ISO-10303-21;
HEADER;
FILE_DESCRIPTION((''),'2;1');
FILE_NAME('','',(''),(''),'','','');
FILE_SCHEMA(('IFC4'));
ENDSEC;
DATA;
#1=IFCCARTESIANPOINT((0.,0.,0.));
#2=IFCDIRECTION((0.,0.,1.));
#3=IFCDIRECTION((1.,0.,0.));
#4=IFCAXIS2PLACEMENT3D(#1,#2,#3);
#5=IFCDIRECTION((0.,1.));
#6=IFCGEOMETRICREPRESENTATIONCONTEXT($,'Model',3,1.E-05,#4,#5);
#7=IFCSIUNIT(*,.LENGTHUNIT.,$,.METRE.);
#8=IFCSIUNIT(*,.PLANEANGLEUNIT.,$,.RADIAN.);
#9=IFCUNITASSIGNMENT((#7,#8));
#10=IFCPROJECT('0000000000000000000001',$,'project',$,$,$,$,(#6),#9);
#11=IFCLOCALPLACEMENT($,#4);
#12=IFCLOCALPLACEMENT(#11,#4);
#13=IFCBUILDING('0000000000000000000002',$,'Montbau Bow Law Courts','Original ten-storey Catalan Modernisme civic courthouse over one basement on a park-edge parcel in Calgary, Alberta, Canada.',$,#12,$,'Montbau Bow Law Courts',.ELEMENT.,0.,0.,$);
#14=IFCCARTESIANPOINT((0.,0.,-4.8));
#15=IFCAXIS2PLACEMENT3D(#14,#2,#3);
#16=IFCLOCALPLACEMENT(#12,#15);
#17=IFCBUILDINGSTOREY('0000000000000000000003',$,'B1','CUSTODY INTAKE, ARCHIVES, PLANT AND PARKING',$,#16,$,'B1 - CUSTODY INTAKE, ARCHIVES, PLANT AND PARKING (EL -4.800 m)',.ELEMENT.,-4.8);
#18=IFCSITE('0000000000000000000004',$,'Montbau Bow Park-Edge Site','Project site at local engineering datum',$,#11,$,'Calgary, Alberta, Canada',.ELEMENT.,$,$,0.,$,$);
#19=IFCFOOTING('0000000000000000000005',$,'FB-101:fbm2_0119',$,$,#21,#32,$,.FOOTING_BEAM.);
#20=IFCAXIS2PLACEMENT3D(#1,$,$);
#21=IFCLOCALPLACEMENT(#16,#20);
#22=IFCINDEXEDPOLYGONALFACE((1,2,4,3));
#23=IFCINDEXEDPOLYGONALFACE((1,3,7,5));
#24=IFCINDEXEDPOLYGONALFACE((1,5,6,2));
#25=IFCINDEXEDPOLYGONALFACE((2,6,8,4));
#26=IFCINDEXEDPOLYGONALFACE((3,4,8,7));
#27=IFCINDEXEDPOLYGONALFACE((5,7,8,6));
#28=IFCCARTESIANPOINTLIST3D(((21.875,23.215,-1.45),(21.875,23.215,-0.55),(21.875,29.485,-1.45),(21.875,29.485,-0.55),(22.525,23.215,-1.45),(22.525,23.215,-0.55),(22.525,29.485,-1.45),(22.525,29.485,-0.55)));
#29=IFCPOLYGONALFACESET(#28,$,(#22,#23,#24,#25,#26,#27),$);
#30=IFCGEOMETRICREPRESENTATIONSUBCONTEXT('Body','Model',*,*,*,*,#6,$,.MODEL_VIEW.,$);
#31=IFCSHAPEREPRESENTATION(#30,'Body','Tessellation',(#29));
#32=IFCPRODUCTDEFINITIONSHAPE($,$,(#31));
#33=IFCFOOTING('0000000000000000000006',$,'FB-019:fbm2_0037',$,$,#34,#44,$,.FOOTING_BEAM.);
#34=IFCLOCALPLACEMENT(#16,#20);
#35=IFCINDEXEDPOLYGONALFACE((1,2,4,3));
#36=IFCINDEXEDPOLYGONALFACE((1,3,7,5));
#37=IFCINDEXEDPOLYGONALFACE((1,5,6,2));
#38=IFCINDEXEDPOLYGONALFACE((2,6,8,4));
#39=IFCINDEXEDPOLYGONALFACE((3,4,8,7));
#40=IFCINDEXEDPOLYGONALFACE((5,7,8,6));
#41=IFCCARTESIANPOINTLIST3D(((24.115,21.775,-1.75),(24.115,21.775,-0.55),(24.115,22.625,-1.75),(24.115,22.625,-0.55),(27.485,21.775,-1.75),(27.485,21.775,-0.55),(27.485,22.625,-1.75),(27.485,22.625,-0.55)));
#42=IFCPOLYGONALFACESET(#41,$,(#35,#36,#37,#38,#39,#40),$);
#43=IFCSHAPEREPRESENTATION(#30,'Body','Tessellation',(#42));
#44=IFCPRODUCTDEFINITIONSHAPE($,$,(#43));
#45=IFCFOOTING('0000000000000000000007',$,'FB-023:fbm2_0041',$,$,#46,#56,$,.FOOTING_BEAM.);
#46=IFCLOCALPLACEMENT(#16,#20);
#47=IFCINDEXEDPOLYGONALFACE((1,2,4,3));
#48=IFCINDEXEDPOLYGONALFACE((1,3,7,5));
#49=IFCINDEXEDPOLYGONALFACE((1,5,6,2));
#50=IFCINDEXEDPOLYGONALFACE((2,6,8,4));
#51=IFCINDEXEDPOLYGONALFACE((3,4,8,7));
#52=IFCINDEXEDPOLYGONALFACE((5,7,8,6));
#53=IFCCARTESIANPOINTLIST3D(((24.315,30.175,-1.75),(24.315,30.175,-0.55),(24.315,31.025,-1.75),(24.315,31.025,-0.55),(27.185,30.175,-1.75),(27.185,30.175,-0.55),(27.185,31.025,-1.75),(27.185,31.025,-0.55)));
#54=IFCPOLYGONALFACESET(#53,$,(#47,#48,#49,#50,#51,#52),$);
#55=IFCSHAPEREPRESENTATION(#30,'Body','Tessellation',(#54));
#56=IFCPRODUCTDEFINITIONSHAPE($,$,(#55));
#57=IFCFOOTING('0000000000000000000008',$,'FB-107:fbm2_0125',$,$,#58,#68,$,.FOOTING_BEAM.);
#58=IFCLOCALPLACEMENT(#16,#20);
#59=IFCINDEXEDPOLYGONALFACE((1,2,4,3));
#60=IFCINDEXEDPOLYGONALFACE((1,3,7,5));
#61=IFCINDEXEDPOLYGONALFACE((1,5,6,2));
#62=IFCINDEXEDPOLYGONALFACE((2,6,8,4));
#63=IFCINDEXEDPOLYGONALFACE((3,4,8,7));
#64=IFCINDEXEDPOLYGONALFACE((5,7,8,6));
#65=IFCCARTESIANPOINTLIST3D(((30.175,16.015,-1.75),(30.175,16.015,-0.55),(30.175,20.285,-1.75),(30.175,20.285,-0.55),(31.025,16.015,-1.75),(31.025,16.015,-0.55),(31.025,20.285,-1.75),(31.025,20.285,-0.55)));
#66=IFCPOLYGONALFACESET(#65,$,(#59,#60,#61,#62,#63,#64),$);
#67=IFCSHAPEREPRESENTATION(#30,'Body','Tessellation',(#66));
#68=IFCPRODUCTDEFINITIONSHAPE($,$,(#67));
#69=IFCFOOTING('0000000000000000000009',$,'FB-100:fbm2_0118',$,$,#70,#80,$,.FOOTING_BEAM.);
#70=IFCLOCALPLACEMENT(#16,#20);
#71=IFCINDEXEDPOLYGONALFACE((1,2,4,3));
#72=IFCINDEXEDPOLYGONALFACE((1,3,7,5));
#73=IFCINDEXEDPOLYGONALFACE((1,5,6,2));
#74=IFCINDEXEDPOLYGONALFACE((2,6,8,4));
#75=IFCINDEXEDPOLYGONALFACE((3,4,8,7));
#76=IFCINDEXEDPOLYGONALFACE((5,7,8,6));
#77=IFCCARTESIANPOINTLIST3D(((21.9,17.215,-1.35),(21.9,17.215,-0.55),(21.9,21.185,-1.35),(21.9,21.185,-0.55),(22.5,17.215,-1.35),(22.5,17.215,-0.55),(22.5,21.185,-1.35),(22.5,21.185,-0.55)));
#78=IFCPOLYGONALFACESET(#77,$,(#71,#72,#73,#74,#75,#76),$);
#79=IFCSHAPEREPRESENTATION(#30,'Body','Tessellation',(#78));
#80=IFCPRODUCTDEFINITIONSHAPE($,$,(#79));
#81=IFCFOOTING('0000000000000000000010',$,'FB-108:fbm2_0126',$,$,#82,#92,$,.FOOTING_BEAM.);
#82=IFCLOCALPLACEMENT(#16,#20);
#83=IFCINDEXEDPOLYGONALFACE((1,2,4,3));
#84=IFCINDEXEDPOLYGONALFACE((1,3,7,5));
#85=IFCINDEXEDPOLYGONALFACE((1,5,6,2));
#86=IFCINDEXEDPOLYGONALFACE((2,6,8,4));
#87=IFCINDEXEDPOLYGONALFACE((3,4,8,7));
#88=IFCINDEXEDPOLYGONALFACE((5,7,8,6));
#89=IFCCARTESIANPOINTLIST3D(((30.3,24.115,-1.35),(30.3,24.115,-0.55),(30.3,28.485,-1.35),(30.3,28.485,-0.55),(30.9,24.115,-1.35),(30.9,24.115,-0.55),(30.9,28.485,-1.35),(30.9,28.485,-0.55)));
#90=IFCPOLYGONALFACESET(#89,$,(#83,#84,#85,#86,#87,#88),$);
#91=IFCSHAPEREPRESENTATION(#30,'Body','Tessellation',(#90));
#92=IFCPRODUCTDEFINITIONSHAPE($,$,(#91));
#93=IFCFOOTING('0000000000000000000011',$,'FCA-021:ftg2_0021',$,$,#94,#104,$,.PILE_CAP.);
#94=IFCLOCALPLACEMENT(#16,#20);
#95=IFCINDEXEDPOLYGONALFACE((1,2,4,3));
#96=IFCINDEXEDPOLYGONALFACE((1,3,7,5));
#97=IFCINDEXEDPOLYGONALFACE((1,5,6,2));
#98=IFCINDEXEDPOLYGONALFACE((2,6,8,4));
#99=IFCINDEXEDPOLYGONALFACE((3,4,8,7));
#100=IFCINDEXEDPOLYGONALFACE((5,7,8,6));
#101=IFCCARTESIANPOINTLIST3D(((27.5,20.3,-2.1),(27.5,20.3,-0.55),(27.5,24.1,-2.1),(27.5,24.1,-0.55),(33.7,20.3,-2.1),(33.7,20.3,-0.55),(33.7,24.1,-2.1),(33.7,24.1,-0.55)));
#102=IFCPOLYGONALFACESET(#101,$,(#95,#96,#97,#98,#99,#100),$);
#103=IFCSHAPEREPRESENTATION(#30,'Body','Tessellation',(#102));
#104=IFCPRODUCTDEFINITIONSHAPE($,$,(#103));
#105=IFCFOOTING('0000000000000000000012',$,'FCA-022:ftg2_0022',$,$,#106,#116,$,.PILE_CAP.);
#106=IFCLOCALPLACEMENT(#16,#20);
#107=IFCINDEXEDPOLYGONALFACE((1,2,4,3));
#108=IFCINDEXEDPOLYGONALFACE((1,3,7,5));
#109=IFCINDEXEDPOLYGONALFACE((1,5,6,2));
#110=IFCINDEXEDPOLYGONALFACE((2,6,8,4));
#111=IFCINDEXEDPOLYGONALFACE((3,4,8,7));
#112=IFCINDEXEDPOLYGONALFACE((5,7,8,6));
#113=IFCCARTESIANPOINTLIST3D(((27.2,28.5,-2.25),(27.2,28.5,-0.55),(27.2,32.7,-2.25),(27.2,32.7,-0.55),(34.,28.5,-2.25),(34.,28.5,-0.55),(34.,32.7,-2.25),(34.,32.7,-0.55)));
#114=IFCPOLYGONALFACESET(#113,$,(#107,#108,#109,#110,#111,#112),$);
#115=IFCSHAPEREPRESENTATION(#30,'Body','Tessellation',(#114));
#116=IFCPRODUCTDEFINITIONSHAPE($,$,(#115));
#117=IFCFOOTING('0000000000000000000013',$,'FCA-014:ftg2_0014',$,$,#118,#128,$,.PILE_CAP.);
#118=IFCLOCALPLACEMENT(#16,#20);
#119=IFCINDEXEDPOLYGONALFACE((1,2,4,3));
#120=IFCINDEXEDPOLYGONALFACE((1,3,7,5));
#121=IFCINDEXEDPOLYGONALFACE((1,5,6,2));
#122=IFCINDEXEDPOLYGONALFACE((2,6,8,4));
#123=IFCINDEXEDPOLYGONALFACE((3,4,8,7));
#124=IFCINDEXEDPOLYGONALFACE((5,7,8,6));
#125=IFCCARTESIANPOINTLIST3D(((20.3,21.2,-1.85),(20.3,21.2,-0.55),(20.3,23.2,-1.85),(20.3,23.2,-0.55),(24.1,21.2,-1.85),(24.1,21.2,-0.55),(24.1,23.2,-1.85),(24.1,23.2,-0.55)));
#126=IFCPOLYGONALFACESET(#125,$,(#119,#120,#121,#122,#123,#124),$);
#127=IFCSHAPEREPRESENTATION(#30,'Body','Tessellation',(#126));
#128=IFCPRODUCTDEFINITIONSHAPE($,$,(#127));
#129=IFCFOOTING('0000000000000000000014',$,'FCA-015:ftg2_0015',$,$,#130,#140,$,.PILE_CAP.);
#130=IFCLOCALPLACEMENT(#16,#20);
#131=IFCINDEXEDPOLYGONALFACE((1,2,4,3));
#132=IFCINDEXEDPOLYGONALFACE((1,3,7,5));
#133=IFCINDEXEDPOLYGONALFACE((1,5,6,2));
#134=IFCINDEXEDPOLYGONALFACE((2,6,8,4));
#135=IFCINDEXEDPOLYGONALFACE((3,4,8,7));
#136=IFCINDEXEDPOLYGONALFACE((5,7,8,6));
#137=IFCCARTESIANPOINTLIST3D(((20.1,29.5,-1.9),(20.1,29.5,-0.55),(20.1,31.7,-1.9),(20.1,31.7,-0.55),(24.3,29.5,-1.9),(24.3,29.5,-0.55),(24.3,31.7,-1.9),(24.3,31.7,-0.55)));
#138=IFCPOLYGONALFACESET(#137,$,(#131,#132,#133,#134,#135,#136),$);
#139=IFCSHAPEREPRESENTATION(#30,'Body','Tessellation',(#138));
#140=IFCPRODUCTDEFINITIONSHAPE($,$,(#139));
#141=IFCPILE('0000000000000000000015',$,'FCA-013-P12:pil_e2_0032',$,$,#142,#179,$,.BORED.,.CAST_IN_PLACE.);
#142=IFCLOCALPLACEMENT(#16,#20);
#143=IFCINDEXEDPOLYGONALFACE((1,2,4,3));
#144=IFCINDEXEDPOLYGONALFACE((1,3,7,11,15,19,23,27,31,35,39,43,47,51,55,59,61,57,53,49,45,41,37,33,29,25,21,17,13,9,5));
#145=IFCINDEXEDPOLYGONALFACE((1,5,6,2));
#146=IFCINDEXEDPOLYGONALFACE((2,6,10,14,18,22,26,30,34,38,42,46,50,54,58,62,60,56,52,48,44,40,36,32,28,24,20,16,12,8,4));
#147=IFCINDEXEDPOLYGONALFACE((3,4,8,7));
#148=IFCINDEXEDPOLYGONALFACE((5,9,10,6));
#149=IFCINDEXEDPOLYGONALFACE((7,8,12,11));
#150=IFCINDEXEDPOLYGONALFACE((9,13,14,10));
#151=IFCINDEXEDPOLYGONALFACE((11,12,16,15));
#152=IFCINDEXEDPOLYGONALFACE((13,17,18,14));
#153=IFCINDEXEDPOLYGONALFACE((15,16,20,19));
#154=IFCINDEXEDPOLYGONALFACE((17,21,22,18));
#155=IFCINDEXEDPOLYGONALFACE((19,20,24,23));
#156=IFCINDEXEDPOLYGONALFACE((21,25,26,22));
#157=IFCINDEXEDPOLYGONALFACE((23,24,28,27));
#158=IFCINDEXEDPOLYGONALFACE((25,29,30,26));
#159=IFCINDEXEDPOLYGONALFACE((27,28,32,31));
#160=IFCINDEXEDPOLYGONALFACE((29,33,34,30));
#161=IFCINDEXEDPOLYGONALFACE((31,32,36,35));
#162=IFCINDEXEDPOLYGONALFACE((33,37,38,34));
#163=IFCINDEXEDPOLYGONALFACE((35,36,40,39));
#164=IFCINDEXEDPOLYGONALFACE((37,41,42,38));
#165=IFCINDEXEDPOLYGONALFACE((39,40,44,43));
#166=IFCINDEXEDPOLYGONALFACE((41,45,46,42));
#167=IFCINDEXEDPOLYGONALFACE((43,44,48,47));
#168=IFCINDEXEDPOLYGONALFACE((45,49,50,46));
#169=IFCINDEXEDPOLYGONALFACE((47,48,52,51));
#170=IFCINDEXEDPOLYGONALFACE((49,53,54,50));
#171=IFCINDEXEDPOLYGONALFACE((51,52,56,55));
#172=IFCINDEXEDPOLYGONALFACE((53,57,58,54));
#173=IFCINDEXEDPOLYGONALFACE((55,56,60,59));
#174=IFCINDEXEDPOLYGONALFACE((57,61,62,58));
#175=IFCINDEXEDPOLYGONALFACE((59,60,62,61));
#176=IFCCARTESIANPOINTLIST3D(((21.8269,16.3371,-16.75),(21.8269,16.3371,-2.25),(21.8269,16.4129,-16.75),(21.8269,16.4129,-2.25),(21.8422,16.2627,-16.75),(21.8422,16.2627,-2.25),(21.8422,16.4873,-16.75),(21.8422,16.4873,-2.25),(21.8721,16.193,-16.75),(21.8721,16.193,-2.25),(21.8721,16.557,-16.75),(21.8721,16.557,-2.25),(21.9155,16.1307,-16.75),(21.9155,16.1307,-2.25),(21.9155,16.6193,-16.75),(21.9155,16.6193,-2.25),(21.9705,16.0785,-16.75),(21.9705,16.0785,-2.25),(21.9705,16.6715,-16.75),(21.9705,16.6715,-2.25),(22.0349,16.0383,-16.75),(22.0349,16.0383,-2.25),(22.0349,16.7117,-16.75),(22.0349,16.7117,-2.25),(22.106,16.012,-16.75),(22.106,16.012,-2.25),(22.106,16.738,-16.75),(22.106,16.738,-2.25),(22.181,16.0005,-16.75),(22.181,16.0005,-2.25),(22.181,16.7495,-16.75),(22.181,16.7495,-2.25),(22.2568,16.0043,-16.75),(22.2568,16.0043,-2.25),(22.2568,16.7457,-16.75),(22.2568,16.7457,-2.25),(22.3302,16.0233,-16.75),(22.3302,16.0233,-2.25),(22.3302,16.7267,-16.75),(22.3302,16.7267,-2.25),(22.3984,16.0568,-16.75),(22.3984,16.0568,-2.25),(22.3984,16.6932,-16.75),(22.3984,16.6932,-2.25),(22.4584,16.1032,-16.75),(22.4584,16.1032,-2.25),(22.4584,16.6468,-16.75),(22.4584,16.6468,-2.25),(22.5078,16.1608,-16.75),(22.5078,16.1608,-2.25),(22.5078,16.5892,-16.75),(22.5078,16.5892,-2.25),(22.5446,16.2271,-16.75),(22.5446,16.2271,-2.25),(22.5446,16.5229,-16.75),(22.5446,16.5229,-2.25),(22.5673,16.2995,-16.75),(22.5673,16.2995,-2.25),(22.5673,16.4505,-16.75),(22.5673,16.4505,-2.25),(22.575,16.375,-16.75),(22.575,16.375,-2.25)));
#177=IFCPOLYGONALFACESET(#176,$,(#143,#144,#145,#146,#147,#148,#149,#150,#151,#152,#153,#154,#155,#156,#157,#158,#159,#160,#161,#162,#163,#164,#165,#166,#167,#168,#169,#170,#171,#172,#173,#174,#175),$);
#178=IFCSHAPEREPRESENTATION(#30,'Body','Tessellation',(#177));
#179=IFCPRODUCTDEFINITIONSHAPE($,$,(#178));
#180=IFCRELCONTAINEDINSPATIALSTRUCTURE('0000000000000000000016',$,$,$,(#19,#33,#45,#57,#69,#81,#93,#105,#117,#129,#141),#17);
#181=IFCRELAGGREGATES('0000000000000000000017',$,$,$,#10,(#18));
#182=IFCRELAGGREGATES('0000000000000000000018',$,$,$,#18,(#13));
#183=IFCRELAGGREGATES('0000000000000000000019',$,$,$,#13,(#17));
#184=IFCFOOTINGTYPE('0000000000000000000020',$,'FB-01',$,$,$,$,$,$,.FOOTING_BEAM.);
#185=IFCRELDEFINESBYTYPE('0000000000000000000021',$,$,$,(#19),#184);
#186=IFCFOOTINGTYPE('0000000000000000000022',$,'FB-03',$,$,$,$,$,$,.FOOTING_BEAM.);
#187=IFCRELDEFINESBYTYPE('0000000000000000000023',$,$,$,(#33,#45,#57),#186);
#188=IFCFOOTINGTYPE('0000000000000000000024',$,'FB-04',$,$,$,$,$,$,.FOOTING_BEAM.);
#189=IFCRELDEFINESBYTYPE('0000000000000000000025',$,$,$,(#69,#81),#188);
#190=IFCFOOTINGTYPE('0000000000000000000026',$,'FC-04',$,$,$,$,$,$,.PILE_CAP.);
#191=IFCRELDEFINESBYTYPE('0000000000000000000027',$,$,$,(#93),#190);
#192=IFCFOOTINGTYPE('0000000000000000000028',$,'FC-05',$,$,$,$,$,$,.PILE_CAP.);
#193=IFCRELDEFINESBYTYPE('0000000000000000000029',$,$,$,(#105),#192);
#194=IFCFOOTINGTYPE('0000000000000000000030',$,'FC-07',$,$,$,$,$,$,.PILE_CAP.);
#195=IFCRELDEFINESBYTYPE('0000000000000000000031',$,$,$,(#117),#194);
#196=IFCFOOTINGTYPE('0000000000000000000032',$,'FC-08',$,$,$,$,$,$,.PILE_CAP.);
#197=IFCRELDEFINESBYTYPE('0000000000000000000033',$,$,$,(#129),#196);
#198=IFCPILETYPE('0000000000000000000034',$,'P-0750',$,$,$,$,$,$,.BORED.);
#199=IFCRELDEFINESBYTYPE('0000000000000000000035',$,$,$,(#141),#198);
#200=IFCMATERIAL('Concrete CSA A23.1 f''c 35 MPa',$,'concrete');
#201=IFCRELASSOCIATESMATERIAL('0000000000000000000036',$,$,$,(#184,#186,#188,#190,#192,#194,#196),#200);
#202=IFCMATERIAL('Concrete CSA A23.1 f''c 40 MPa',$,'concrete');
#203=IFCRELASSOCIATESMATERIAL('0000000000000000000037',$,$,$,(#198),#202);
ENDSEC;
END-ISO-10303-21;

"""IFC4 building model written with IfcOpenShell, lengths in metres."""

from ifc_helpers import new_model, si_unit, direction, frame, origin_with_axes, origin_2d_with_axis, place, context, subcontext, project, spatial, rectangle, circle, extrude, material, material_profile, profile_set, type_object, element, save


model = new_model("IFC4")

# Units and contexts
model_context = context("Model", 3, precision=1e-05, world=origin_with_axes(), true_north=direction((0.0, 1.0)))
body_context = subcontext(model_context, "Body", "Model", "MODEL_VIEW")
ifc_project = project(units=[si_unit("LENGTHUNIT", "METRE"), si_unit("PLANEANGLEUNIT", "RADIAN")], contexts=[model_context])

# Site, building, storey
site_placement = place(None, origin_with_axes())
site = spatial("IfcSite", under=ifc_project, at=site_placement, Name="Montbau Bow Park-Edge Site", Description="Project site at local engineering datum", LongName="Calgary, Alberta, Canada", CompositionType="ELEMENT", RefElevation=0.0)
building_placement = place(site_placement, origin_with_axes())
building = spatial("IfcBuilding", under=site, at=building_placement, Name="Montbau Bow Law Courts", Description="Original ten-storey Catalan Modernisme civic courthouse over one basement on a park-edge parcel in Calgary, Alberta, Canada.", LongName="Montbau Bow Law Courts", CompositionType="ELEMENT", ElevationOfRefHeight=0.0, ElevationOfTerrain=0.0)
storey_placement = place(building_placement, frame((0.0, 0.0, -4.8), z_axis=(0.0, 0.0, 1.0), x_axis=(1.0, 0.0, 0.0)))
storey = spatial("IfcBuildingStorey", under=building, at=storey_placement, Name="B1", Description="CUSTODY INTAKE, ARCHIVES, PLANT AND PARKING", LongName="B1 - CUSTODY INTAKE, ARCHIVES, PLANT AND PARKING (EL -4.800 m)", CompositionType="ELEMENT", Elevation=-4.8)

# Footings
ifc_material_1 = material(Name="Concrete CSA A23.1 f'c 35 MPa", Category="concrete")
footing_type_1 = type_object("IfcFootingType", Name="FB-01", PredefinedType="FOOTING_BEAM", material=ifc_material_1)
footing_1_placement = place(None, frame((22.2, 26.35, -6.25), z_axis=(0.0, 0.0, 1.0), x_axis=(0.0, 1.0, 0.0)))
element("IfcFooting", 1, at=footing_1_placement, inside=storey, type_object=footing_type_1, Name="FB-101:fbm2_0119", PredefinedType="FOOTING_BEAM", context=body_context, shape_type="SweptSolid", body=[
    extrude(rectangle(XDim=6.27, YDim=0.65, at=origin_2d_with_axis()), origin_with_axes(), (0.0, 0.0, 1.0), 0.9),
])
footing_type_2 = type_object("IfcFootingType", Name="FB-03", PredefinedType="FOOTING_BEAM", material=ifc_material_1)
footing_2_placement = place(None, frame((25.8, 22.2, -6.55), z_axis=(0.0, 0.0, 1.0), x_axis=(1.0, 0.0, 0.0)))
element("IfcFooting", 2, at=footing_2_placement, inside=storey, type_object=footing_type_2, Name="FB-019:fbm2_0037", PredefinedType="FOOTING_BEAM", context=body_context, shape_type="SweptSolid", body=[
    extrude(rectangle(XDim=3.37, YDim=0.85, at=origin_2d_with_axis()), origin_with_axes(), (0.0, 0.0, 1.0), 1.2),
])
footing_3_placement = place(None, frame((25.75, 30.6, -6.55), z_axis=(0.0, 0.0, 1.0), x_axis=(1.0, 0.0, 0.0)))
element("IfcFooting", 3, at=footing_3_placement, inside=storey, type_object=footing_type_2, Name="FB-023:fbm2_0041", PredefinedType="FOOTING_BEAM", context=body_context, shape_type="SweptSolid", body=[
    extrude(rectangle(XDim=2.87, YDim=0.85, at=origin_2d_with_axis()), origin_with_axes(), (0.0, 0.0, 1.0), 1.2),
])
footing_4_placement = place(None, frame((30.6, 18.15, -6.55), z_axis=(0.0, 0.0, 1.0), x_axis=(0.0, 1.0, 0.0)))
element("IfcFooting", 4, at=footing_4_placement, inside=storey, type_object=footing_type_2, Name="FB-107:fbm2_0125", PredefinedType="FOOTING_BEAM", context=body_context, shape_type="SweptSolid", body=[
    extrude(rectangle(XDim=4.27, YDim=0.85, at=origin_2d_with_axis()), origin_with_axes(), (0.0, 0.0, 1.0), 1.2),
])
footing_type_3 = type_object("IfcFootingType", Name="FB-04", PredefinedType="FOOTING_BEAM", material=ifc_material_1)
footing_5_placement = place(None, frame((22.2, 19.2, -6.15), z_axis=(0.0, 0.0, 1.0), x_axis=(0.0, 1.0, 0.0)))
element("IfcFooting", 5, at=footing_5_placement, inside=storey, type_object=footing_type_3, Name="FB-100:fbm2_0118", PredefinedType="FOOTING_BEAM", context=body_context, shape_type="SweptSolid", body=[
    extrude(rectangle(XDim=3.97, YDim=0.6, at=origin_2d_with_axis()), origin_with_axes(), (0.0, 0.0, 1.0), 0.8),
])
footing_6_placement = place(None, frame((30.6, 26.3, -6.15), z_axis=(0.0, 0.0, 1.0), x_axis=(0.0, 1.0, 0.0)))
element("IfcFooting", 6, at=footing_6_placement, inside=storey, type_object=footing_type_3, Name="FB-108:fbm2_0126", PredefinedType="FOOTING_BEAM", context=body_context, shape_type="SweptSolid", body=[
    extrude(rectangle(XDim=4.37, YDim=0.6, at=origin_2d_with_axis()), origin_with_axes(), (0.0, 0.0, 1.0), 0.8),
])
footing_type_4 = type_object("IfcFootingType", Name="FC-04", PredefinedType="PILE_CAP", material=ifc_material_1)
footing_7_placement = place(None, frame((30.6, 22.2, -6.9), z_axis=(0.0, 0.0, 1.0), x_axis=(1.0, 0.0, 0.0)))
element("IfcFooting", 7, at=footing_7_placement, inside=storey, type_object=footing_type_4, Name="FCA-021:ftg2_0021", PredefinedType="PILE_CAP", context=body_context, shape_type="SweptSolid", body=[
    extrude(rectangle(XDim=6.2, YDim=3.8, at=origin_2d_with_axis()), origin_with_axes(), (0.0, 0.0, 1.0), 1.55),
])
footing_type_5 = type_object("IfcFootingType", Name="FC-05", PredefinedType="PILE_CAP", material=ifc_material_1)
footing_8_placement = place(None, frame((30.6, 30.6, -7.05), z_axis=(0.0, 0.0, 1.0), x_axis=(1.0, 0.0, 0.0)))
element("IfcFooting", 8, at=footing_8_placement, inside=storey, type_object=footing_type_5, Name="FCA-022:ftg2_0022", PredefinedType="PILE_CAP", context=body_context, shape_type="SweptSolid", body=[
    extrude(rectangle(XDim=6.8, YDim=4.2, at=origin_2d_with_axis()), origin_with_axes(), (0.0, 0.0, 1.0), 1.7),
])
footing_type_6 = type_object("IfcFootingType", Name="FC-07", PredefinedType="PILE_CAP", material=ifc_material_1)
footing_9_placement = place(None, frame((22.2, 22.2, -6.65), z_axis=(0.0, 0.0, 1.0), x_axis=(1.0, 0.0, 0.0)))
element("IfcFooting", 9, at=footing_9_placement, inside=storey, type_object=footing_type_6, Name="FCA-014:ftg2_0014", PredefinedType="PILE_CAP", context=body_context, shape_type="SweptSolid", body=[
    extrude(rectangle(XDim=3.8, YDim=2.0, at=origin_2d_with_axis()), origin_with_axes(), (0.0, 0.0, 1.0), 1.3),
])
footing_type_7 = type_object("IfcFootingType", Name="FC-08", PredefinedType="PILE_CAP", material=ifc_material_1)
footing_10_placement = place(None, frame((22.2, 30.6, -6.7), z_axis=(0.0, 0.0, 1.0), x_axis=(1.0, 0.0, 0.0)))
element("IfcFooting", 10, at=footing_10_placement, inside=storey, type_object=footing_type_7, Name="FCA-015:ftg2_0015", PredefinedType="PILE_CAP", context=body_context, shape_type="SweptSolid", body=[
    extrude(rectangle(XDim=4.2, YDim=2.2, at=origin_2d_with_axis()), origin_with_axes(), (0.0, 0.0, 1.0), 1.35),
])

# Pile
ifc_material_2 = material(Name="Concrete CSA A23.1 f'c 40 MPa", Category="concrete")
ifc_material_profile_1 = material_profile(ifc_material_2, circle(Radius=0.375, at=origin_2d_with_axis()), Name="BP750", Category="Main", Priority=0)
ifc_profile_set_1 = profile_set([ifc_material_profile_1], Name="Concrete CSA A23.1 f'c 40 MPa")
pile_type_1 = type_object("IfcPileType", Name="P-0750", PredefinedType="BORED", material=ifc_profile_set_1)
for number, where, z_axis, x_axis, name in (
    (11, (22.2, 16.375, -21.55), (0.0, 0.0, 1.0), (1.0, 0.0, 0.0), "FCA-013-P12:pil_e2_0032"),
):
    element("IfcPile", number, at=place(None, frame(where, z_axis=z_axis, x_axis=x_axis)), inside=storey, type_object=pile_type_1, Name=name, ConstructionType="CAST_IN_PLACE", PredefinedType="BORED", context=body_context, shape_type="SweptSolid", body=[
        extrude(circle(Radius=0.375, at=origin_2d_with_axis()), origin_with_axes(), (0.0, 0.0, 1.0), 14.5),
    ])

save(model, "model.ifc")
